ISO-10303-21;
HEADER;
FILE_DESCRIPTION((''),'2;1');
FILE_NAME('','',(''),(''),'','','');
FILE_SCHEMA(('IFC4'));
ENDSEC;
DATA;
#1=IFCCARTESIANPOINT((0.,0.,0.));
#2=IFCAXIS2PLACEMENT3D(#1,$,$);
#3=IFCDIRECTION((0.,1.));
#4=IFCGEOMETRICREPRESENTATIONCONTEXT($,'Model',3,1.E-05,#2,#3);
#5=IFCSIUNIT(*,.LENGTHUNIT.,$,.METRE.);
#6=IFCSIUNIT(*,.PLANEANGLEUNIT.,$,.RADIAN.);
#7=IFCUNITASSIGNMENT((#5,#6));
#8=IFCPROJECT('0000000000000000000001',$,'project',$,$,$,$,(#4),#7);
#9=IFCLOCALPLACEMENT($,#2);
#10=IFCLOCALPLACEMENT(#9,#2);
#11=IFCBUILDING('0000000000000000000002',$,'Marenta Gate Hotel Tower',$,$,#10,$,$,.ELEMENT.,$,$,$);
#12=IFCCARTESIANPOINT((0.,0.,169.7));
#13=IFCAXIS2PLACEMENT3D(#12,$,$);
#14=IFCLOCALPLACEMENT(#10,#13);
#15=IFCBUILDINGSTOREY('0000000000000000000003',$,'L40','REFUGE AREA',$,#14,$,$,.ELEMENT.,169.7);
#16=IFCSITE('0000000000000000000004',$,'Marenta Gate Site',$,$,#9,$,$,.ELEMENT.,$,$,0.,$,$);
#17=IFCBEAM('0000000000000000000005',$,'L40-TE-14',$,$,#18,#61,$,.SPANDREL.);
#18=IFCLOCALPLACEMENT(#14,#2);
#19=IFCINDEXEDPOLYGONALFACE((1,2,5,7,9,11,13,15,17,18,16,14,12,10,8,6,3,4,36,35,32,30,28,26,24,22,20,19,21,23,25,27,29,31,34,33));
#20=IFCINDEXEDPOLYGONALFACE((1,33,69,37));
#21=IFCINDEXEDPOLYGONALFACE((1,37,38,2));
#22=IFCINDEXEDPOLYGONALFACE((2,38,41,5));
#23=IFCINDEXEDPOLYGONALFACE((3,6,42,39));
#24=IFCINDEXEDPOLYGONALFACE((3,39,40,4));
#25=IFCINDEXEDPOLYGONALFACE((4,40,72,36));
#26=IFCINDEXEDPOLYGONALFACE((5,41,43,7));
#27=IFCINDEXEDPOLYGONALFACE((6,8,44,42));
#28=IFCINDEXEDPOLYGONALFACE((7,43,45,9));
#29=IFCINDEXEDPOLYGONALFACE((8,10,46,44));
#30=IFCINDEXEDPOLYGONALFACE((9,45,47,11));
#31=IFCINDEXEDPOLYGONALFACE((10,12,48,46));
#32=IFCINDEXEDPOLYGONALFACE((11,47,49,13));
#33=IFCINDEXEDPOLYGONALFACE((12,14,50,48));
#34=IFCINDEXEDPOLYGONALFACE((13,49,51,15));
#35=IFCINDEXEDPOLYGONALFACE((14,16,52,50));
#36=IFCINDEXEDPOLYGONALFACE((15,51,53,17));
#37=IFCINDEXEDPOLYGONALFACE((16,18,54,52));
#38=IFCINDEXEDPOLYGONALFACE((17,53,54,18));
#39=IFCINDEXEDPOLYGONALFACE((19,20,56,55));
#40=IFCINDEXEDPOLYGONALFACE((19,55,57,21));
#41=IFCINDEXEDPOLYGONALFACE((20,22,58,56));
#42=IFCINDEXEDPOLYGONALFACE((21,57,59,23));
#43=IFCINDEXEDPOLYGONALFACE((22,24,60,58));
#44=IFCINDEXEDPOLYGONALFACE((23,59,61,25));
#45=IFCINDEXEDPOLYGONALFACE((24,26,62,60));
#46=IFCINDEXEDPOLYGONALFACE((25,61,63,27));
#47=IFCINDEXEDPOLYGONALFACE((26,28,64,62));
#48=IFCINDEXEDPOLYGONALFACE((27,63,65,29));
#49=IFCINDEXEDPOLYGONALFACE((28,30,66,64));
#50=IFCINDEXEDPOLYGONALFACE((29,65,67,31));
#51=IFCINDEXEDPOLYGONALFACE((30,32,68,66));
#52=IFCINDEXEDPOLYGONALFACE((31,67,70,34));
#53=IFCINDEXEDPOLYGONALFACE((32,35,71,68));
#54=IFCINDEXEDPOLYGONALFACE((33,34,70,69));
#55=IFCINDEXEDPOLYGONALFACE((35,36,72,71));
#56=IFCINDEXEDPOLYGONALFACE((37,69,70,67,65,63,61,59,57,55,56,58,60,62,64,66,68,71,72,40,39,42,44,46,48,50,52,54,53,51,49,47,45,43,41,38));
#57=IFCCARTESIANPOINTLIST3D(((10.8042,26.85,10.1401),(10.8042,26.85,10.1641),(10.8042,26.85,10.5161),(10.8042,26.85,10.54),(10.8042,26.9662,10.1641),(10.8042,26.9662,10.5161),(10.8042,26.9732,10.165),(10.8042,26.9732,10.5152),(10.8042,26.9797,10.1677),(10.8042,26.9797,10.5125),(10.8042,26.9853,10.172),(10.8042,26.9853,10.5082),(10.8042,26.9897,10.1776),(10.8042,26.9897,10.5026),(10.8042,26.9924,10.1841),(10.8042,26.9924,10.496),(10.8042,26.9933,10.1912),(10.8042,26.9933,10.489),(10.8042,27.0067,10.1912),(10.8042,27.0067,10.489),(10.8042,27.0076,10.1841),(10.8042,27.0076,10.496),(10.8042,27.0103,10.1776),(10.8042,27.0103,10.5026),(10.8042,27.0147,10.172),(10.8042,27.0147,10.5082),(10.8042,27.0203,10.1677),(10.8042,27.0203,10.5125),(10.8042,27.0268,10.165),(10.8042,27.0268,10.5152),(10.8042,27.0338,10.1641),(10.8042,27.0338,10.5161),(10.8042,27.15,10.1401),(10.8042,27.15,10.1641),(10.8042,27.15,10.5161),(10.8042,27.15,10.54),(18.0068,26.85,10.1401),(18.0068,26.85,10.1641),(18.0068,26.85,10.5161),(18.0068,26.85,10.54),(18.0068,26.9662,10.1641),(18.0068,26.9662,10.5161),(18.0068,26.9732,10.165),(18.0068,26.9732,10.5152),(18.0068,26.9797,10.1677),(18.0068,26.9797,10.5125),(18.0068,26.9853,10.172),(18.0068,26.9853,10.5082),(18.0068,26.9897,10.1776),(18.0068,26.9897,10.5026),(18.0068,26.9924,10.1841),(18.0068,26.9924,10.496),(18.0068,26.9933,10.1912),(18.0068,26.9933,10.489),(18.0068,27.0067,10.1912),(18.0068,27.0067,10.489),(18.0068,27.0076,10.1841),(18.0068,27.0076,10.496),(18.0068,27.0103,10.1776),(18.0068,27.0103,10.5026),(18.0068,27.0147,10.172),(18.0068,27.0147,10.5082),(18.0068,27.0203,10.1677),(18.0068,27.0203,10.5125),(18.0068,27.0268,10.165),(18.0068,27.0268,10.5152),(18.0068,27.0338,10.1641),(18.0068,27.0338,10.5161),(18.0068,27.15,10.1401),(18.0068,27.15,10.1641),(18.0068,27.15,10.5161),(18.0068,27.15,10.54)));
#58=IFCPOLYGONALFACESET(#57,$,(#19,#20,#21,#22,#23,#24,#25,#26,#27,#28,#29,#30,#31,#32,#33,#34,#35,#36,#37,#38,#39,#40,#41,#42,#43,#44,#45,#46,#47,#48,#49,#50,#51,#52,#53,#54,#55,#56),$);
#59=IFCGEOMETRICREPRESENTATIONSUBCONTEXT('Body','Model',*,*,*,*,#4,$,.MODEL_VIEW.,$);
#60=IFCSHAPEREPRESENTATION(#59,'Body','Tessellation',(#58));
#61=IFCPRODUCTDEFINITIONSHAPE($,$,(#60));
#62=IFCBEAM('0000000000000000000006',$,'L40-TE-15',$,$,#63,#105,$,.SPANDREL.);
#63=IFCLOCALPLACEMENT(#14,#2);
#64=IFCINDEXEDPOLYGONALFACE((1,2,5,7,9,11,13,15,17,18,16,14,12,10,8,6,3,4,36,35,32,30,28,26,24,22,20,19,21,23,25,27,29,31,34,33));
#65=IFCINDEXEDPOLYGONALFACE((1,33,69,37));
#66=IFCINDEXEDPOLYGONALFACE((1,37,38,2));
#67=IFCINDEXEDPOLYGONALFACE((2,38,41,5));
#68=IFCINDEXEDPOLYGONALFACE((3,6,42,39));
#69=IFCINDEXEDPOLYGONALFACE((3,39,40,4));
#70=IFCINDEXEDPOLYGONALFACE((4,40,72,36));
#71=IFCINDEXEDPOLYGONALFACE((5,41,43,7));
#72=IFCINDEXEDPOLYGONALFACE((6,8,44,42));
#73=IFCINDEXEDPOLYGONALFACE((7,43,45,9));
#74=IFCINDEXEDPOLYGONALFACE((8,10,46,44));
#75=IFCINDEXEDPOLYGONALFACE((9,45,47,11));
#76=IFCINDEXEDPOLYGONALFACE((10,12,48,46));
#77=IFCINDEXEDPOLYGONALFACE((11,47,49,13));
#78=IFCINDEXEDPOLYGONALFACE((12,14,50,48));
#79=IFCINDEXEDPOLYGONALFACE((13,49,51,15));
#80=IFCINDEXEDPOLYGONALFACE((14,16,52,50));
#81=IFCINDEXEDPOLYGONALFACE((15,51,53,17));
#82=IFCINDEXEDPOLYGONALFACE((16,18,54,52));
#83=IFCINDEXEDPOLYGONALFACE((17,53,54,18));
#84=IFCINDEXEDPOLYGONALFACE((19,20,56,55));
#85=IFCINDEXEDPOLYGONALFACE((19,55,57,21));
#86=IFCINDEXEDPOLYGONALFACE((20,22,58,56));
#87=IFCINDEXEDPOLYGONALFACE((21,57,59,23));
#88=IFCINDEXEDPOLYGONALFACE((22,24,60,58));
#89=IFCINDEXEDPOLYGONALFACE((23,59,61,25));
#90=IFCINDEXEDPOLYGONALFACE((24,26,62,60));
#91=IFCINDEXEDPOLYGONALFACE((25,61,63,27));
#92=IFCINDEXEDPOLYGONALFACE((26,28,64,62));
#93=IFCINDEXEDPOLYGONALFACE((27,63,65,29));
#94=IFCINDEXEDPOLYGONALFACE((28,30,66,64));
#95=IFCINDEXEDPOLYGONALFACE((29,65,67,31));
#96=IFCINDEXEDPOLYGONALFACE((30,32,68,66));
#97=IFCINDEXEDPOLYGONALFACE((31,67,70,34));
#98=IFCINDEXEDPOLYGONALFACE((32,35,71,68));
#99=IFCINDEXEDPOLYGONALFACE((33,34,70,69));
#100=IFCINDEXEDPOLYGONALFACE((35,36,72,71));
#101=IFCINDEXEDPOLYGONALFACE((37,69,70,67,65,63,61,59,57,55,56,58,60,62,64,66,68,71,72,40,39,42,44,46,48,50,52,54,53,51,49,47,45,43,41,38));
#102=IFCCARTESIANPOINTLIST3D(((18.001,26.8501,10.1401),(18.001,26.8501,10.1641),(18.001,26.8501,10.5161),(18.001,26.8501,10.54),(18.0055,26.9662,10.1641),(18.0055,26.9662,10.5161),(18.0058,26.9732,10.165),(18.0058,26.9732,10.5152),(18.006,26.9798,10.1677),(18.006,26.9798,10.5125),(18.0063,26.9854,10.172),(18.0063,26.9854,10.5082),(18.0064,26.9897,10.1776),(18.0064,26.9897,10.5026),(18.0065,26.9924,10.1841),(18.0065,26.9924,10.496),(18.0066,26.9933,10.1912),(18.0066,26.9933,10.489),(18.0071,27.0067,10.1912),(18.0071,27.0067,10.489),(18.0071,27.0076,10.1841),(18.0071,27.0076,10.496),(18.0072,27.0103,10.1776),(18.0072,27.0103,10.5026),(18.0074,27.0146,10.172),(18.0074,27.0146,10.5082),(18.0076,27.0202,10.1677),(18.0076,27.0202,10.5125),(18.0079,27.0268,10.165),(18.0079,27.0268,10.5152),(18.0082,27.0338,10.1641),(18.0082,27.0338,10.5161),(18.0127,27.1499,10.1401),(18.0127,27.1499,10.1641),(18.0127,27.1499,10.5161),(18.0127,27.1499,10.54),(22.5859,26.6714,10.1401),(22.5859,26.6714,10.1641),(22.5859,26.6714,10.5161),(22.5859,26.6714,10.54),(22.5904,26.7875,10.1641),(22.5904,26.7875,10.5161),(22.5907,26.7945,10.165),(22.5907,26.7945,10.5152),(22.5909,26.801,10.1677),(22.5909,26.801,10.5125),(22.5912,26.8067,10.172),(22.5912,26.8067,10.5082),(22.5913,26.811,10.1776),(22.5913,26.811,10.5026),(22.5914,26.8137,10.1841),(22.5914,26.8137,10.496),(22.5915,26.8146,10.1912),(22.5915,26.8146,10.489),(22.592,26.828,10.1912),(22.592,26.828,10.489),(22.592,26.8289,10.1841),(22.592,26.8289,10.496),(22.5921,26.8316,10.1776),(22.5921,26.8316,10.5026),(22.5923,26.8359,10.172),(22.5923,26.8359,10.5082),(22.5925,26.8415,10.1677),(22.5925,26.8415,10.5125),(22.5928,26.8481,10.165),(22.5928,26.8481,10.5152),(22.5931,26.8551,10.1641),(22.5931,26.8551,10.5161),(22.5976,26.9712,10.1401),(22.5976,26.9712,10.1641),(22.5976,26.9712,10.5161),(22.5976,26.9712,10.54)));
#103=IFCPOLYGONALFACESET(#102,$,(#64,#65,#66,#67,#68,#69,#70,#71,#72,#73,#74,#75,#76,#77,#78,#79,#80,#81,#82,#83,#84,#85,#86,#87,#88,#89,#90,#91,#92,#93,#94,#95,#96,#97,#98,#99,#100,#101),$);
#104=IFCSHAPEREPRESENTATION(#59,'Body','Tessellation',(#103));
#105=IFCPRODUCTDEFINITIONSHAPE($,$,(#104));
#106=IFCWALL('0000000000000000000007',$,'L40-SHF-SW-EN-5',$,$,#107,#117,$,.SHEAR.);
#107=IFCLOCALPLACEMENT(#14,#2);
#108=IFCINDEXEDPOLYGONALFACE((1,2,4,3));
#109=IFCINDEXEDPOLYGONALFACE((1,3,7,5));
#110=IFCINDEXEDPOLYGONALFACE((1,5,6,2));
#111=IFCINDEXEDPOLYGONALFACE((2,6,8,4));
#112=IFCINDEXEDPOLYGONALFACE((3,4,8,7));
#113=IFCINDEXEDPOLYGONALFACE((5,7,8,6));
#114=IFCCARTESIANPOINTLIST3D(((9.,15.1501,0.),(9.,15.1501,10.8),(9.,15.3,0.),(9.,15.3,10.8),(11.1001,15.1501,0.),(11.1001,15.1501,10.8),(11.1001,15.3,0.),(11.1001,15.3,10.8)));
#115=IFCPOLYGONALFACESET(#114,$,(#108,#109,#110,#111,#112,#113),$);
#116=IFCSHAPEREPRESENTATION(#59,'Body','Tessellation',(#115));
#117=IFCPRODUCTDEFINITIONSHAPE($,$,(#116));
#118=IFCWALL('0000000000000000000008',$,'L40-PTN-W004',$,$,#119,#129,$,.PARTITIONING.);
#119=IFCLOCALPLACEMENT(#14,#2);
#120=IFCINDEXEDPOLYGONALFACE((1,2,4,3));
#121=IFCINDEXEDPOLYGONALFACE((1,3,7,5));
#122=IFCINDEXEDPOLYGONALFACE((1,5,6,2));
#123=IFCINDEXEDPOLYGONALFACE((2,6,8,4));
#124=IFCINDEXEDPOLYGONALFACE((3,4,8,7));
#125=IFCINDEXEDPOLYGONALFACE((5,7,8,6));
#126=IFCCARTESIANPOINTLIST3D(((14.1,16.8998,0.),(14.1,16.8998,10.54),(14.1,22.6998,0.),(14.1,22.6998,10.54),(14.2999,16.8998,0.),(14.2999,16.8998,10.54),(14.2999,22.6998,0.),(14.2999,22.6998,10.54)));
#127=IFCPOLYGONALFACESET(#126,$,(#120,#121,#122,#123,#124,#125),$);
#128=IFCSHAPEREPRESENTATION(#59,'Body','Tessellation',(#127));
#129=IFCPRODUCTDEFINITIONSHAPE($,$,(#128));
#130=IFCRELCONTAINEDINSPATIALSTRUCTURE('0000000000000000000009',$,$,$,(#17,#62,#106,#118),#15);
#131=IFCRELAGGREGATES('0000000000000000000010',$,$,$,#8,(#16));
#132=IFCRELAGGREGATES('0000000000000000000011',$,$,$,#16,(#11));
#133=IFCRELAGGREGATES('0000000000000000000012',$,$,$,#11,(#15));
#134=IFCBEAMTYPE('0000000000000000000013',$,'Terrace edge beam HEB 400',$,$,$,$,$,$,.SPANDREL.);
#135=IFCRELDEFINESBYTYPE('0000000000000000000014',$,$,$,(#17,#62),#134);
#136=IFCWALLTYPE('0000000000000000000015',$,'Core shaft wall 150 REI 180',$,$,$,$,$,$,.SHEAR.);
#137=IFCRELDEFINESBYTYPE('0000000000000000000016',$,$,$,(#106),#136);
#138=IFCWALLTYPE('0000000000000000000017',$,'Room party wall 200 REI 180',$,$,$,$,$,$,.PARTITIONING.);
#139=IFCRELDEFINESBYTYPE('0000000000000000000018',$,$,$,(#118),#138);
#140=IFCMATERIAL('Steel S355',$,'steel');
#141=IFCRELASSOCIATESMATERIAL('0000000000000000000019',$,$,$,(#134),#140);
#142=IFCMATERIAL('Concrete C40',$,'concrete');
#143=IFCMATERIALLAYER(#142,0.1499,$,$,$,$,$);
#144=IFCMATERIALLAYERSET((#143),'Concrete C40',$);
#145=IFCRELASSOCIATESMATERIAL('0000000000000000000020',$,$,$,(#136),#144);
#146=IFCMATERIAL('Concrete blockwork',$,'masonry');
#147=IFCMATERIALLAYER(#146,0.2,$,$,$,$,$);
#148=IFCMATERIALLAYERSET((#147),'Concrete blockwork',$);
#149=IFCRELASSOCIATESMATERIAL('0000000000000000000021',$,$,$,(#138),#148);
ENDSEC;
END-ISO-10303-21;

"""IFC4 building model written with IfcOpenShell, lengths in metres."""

from ifc_helpers import new_model, si_unit, direction, frame, frame_2d, origin, origin_2d, place, context, subcontext, project, spatial, rectangle, i_section, extrude, material, layer, layer_set, material_profile, profile_set, type_object, element, save


model = new_model("IFC4")

# Units and contexts
model_context = context("Model", 3, precision=1e-05, world=origin(), true_north=direction((0.0, 1.0)))
body_context = subcontext(model_context, "Body", "Model", "MODEL_VIEW")
ifc_project = project(units=[si_unit("LENGTHUNIT", "METRE"), si_unit("PLANEANGLEUNIT", "RADIAN")], contexts=[model_context])

# Site, building, storey
site_placement = place(None, origin())
site = spatial("IfcSite", under=ifc_project, at=site_placement, Name="Marenta Gate Site", CompositionType="ELEMENT", RefElevation=0.0)
building_placement = place(site_placement, origin())
building = spatial("IfcBuilding", under=site, at=building_placement, Name="Marenta Gate Hotel Tower", CompositionType="ELEMENT")
storey_placement = place(building_placement, frame((0.0, 0.0, 169.7)))
storey = spatial("IfcBuildingStorey", under=building, at=storey_placement, Name="L40", Description="REFUGE AREA", CompositionType="ELEMENT", Elevation=169.7)

# Beams
ifc_material_1 = material(Name="Steel S355", Category="steel")
ifc_material_profile_1 = material_profile(ifc_material_1, i_section(OverallWidth=0.3, OverallDepth=0.3999, WebThickness=0.0134, FlangeThickness=0.0239, FilletRadius=0.0271, at=origin_2d()), Name="HEB 400")
ifc_profile_set_1 = profile_set([ifc_material_profile_1], Name="Steel S355")
beam_type_1 = type_object("IfcBeamType", Name="Terrace edge beam HEB 400", PredefinedType="SPANDREL", material=ifc_profile_set_1)
beam_1_placement = place(storey_placement, frame((10.8042, 27.0, 10.3401), z_axis=(1.0, 0.0, 0.0), x_axis=(0.0, 1.0, 0.0)))
element("IfcBeam", 1, at=beam_1_placement, inside=storey, type_object=beam_type_1, Name="L40-TE-14", PredefinedType="SPANDREL", context=body_context, shape_type="SweptSolid", body=[
    extrude(i_section(OverallWidth=0.3, OverallDepth=0.3999, WebThickness=0.0134, FlangeThickness=0.0239, FilletRadius=0.0271, at=origin_2d()), origin(), (0.0, 0.0, 1.0), 7.2026),
])
beam_2_placement = place(storey_placement, frame((18.0068, 27.0, 10.3401), z_axis=(0.999241, -0.038948, 0.0), x_axis=(0.038948, 0.999241, 0.0)))
element("IfcBeam", 2, at=beam_2_placement, inside=storey, type_object=beam_type_1, Name="L40-TE-15", PredefinedType="SPANDREL", context=body_context, shape_type="SweptSolid", body=[
    extrude(i_section(OverallWidth=0.3, OverallDepth=0.3999, WebThickness=0.0134, FlangeThickness=0.0239, FilletRadius=0.0271, at=origin_2d()), origin(), (0.0, 0.0, 1.0), 4.5884),
])

# Wall
ifc_material_2 = material(Name="Concrete C40", Category="concrete")
ifc_layer_1 = layer(ifc_material_2, 0.1499)
ifc_layer_set_1 = layer_set([ifc_layer_1], Name="Concrete C40")
wall_type_1 = type_object("IfcWallType", Name="Core shaft wall 150 REI 180", PredefinedType="SHEAR", material=ifc_layer_set_1)
wall_1_placement = place(storey_placement, frame((9.0, 15.2251, 0.0), z_axis=(0.0, 0.0, 1.0), x_axis=(1.0, 0.0, 0.0)))
element("IfcWall", 3, at=wall_1_placement, inside=storey, type_object=wall_type_1, Name="L40-SHF-SW-EN-5", PredefinedType="SHEAR", context=body_context, shape_type="SweptSolid", body=[
    extrude(rectangle(XDim=2.1001, YDim=0.1499, at=frame_2d((1.05, 0.0))), origin(), (0.0, 0.0, 1.0), 10.8),
])

# Wall
ifc_material_3 = material(Name="Concrete blockwork", Category="masonry")
ifc_layer_2 = layer(ifc_material_3, 0.2)
ifc_layer_set_2 = layer_set([ifc_layer_2], Name="Concrete blockwork")
wall_type_2 = type_object("IfcWallType", Name="Room party wall 200 REI 180", PredefinedType="PARTITIONING", material=ifc_layer_set_2)
wall_2_placement = place(storey_placement, frame((14.2, 16.8999, 0.0), z_axis=(0.0, 0.0, 1.0), x_axis=(0.0, 1.0, 0.0)))
element("IfcWall", 4, at=wall_2_placement, inside=storey, type_object=wall_type_2, Name="L40-PTN-W004", PredefinedType="PARTITIONING", context=body_context, shape_type="SweptSolid", body=[
    extrude(rectangle(XDim=5.8, YDim=0.2, at=frame_2d((2.8999, 0.0))), origin(), (0.0, 0.0, 1.0), 10.54),
])

save(model, "model.ifc")
